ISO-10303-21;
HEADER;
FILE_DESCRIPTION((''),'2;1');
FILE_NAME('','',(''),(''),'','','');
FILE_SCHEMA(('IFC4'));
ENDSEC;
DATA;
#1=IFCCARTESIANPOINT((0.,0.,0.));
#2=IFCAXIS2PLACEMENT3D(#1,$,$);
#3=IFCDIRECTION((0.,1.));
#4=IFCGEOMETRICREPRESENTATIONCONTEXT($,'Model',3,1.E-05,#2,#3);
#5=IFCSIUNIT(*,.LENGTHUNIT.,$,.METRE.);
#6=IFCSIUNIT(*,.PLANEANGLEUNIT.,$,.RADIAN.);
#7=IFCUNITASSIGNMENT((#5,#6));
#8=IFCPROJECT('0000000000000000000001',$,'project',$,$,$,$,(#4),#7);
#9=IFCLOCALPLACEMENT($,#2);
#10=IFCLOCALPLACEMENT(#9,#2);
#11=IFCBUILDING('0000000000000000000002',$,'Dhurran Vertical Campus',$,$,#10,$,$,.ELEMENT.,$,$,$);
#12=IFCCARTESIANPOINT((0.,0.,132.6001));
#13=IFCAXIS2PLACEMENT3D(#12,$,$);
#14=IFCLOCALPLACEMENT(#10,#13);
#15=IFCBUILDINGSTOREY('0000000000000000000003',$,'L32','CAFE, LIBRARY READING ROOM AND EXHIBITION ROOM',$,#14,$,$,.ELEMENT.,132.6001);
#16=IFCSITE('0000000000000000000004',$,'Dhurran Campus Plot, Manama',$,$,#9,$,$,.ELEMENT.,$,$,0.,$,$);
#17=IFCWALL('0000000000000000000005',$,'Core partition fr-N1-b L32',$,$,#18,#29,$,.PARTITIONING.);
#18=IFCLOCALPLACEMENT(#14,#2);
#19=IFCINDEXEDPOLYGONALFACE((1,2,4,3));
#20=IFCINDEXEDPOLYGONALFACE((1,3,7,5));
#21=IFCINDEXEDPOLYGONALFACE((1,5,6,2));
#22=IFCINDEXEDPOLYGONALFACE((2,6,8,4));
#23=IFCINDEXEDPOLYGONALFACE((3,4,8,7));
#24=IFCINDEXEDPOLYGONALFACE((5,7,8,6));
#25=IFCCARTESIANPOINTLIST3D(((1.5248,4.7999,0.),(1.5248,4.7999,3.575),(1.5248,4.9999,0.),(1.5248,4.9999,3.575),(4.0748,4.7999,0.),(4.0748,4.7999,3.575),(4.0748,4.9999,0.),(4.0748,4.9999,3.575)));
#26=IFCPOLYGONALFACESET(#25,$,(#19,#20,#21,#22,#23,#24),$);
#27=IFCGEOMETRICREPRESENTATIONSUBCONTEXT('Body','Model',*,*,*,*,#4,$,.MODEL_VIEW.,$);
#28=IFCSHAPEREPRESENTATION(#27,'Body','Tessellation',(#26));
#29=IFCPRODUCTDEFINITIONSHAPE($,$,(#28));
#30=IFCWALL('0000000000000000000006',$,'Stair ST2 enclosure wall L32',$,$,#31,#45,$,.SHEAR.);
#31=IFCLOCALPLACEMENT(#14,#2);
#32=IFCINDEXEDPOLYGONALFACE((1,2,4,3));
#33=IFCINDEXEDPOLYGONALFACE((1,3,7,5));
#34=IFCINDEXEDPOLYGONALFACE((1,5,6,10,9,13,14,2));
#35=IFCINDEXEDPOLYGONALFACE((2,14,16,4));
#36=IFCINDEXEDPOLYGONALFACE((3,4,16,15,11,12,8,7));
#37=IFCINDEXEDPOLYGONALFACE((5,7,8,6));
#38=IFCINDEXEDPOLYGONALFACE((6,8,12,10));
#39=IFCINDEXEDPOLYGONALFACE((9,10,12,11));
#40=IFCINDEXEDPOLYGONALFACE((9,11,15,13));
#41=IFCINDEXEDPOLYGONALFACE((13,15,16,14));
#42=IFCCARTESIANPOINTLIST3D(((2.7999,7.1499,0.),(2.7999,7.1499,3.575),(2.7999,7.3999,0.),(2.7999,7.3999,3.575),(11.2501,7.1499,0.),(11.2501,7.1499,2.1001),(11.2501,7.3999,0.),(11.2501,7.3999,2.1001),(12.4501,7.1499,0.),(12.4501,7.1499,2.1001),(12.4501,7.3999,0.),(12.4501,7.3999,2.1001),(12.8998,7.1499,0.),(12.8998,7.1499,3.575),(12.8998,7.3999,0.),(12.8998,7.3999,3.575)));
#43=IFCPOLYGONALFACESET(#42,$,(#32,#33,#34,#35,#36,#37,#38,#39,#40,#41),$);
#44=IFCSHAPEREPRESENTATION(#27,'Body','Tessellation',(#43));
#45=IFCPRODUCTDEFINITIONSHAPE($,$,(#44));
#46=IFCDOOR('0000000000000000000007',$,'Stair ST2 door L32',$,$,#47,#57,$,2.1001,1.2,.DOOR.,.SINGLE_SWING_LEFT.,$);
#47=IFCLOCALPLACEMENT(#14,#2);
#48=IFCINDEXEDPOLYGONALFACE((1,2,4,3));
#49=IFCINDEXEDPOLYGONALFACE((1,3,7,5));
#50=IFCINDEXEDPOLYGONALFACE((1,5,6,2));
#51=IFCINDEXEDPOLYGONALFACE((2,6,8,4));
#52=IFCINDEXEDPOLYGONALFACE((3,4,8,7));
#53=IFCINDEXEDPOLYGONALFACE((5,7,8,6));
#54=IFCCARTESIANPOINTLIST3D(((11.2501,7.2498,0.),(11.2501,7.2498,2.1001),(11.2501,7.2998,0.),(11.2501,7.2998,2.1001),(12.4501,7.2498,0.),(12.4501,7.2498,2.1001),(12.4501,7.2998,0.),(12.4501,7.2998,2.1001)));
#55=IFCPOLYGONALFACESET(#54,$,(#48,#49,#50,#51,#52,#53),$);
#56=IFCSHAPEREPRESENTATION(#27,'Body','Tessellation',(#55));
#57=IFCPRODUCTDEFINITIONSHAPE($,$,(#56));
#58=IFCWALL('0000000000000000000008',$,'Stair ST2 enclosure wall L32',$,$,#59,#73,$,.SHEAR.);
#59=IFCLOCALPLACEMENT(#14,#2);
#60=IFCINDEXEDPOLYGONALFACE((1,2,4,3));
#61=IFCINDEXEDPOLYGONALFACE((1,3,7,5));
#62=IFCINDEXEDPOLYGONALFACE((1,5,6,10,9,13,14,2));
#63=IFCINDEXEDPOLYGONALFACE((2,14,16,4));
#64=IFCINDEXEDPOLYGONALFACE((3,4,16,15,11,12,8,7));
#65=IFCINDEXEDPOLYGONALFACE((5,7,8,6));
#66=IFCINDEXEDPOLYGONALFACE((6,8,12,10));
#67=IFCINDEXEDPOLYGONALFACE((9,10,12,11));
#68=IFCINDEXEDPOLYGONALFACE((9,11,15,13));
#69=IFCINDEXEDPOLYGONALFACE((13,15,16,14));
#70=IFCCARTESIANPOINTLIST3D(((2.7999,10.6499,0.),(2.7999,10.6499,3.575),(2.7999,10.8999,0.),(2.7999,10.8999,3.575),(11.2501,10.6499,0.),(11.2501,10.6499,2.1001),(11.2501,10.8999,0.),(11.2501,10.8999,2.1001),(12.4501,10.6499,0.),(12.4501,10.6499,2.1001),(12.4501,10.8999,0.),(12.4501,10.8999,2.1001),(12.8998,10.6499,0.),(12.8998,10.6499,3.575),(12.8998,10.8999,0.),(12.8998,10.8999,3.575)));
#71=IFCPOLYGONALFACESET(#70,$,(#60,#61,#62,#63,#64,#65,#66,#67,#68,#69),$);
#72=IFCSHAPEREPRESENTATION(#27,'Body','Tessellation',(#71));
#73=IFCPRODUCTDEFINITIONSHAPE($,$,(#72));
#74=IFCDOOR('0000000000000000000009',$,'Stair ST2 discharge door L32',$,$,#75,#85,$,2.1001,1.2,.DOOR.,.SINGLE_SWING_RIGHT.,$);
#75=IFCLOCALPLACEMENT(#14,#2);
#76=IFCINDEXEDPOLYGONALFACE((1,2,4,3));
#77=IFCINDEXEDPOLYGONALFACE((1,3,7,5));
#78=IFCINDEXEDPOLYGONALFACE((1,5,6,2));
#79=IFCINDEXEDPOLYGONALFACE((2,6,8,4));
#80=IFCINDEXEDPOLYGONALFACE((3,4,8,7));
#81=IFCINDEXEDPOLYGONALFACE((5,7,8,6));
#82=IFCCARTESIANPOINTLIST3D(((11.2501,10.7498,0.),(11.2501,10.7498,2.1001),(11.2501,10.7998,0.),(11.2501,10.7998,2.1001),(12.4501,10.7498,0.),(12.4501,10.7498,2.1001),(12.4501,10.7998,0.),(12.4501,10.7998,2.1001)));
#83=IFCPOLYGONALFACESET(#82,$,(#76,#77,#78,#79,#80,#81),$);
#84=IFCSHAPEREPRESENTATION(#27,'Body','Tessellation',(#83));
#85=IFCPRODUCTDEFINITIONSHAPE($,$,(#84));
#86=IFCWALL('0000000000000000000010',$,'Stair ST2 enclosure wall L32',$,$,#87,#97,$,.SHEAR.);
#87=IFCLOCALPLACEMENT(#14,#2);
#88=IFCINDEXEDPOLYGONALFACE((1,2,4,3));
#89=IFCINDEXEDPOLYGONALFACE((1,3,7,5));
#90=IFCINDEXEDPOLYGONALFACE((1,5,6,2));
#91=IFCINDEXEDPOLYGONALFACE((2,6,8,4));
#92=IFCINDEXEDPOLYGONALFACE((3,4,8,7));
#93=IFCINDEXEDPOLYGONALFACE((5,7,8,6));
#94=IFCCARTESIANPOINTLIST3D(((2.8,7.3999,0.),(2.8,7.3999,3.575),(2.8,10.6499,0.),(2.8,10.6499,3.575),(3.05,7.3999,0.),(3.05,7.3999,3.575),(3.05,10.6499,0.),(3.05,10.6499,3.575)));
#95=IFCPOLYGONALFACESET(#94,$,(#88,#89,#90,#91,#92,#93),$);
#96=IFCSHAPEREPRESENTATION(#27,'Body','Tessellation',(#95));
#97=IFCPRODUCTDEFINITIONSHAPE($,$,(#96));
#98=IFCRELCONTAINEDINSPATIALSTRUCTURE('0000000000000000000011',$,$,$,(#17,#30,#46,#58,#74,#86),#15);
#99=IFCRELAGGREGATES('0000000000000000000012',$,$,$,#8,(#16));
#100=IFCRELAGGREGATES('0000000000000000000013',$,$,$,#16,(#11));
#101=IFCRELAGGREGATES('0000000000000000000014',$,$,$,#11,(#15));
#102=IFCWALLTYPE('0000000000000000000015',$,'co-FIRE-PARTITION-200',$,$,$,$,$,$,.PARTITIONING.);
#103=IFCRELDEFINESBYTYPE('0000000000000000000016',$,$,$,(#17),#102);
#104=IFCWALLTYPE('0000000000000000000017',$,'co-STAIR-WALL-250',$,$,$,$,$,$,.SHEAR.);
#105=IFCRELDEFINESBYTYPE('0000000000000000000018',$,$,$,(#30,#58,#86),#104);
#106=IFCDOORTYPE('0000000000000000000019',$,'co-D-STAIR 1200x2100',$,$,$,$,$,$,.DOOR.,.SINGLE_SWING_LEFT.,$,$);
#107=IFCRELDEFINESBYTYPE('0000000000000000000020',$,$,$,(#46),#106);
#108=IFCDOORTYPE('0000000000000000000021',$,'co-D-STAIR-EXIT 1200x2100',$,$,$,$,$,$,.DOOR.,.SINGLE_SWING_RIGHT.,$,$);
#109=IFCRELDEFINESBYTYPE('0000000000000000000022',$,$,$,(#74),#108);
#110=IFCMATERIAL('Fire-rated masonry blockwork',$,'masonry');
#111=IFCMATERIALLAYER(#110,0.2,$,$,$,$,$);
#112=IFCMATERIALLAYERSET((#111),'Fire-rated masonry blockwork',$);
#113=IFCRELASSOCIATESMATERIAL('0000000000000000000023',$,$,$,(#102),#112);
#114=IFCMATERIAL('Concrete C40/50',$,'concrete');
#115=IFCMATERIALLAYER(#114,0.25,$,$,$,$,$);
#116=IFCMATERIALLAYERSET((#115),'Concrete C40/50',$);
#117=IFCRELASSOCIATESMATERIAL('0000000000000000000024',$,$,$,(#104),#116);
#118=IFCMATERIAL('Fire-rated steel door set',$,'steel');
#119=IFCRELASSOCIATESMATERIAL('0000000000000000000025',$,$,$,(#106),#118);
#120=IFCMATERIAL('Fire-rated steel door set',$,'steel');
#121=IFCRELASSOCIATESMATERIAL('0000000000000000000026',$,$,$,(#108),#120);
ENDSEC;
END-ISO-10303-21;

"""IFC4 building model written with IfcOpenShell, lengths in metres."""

from ifc_helpers import new_model, si_unit, direction, frame, frame_2d, origin, place, context, subcontext, project, spatial, rectangle, extrude, material, layer, layer_set, type_object, element, fill, save


model = new_model("IFC4")

# Units and contexts
model_context = context("Model", 3, precision=1e-05, world=origin(), true_north=direction((0.0, 1.0)))
body_context = subcontext(model_context, "Body", "Model", "MODEL_VIEW")
ifc_project = project(units=[si_unit("LENGTHUNIT", "METRE"), si_unit("PLANEANGLEUNIT", "RADIAN")], contexts=[model_context])

# Site, building, storey
site_placement = place(None, origin())
site = spatial("IfcSite", under=ifc_project, at=site_placement, Name="Dhurran Campus Plot, Manama", CompositionType="ELEMENT", RefElevation=0.0)
building_placement = place(site_placement, origin())
building = spatial("IfcBuilding", under=site, at=building_placement, Name="Dhurran Vertical Campus", CompositionType="ELEMENT")
storey_placement = place(building_placement, frame((0.0, 0.0, 132.6001)))
storey = spatial("IfcBuildingStorey", under=building, at=storey_placement, Name="L32", Description="CAFE, LIBRARY READING ROOM AND EXHIBITION ROOM", CompositionType="ELEMENT", Elevation=132.6001)

# Shared definitions
ifc_material_1 = material(Name="Fire-rated masonry blockwork", Category="masonry")
ifc_layer_1 = layer(ifc_material_1, 0.2)
ifc_layer_set_1 = layer_set([ifc_layer_1], Name="Fire-rated masonry blockwork")
wall_type_1 = type_object("IfcWallType", Name="co-FIRE-PARTITION-200", PredefinedType="PARTITIONING", material=ifc_layer_set_1)

# Wall
wall_1_placement = place(storey_placement, frame((1.5249, 4.8999, 0.0), z_axis=(0.0, 0.0, 1.0), x_axis=(1.0, 0.0, 0.0)))
element("IfcWall", 1, at=wall_1_placement, inside=storey, type_object=wall_type_1, Name="Core partition fr-N1-b L32", PredefinedType="PARTITIONING", context=body_context, shape_type="SweptSolid", body=[
    extrude(rectangle(XDim=2.55, YDim=0.2, at=frame_2d((1.2749, 0.0))), origin(), (0.0, 0.0, 1.0), 3.575),
])

# Walls, openings, doors
ifc_material_2 = material(Name="Concrete C40/50", Category="concrete")
ifc_layer_2 = layer(ifc_material_2, 0.25)
ifc_layer_set_2 = layer_set([ifc_layer_2], Name="Concrete C40/50")
wall_type_2 = type_object("IfcWallType", Name="co-STAIR-WALL-250", PredefinedType="SHEAR", material=ifc_layer_set_2)
wall_2_placement = place(storey_placement, frame((2.8, 7.2749, 0.0), z_axis=(0.0, 0.0, 1.0), x_axis=(1.0, 0.0, 0.0)))
wall_2 = element("IfcWall", 2, at=wall_2_placement, inside=storey, type_object=wall_type_2, Name="Stair ST2 enclosure wall L32", PredefinedType="SHEAR", context=body_context, shape_type="SweptSolid", body=[
    extrude(rectangle(XDim=10.0999, YDim=0.25, at=frame_2d((5.0498, 0.0))), origin(), (0.0, 0.0, 1.0), 3.575),
])
opening_1_placement = place(wall_2_placement, frame((8.45, 0.0, 0.0)))
opening_1 = element("IfcOpeningElement", 3, at=opening_1_placement, cuts=wall_2, PredefinedType="OPENING", context=body_context, shape_type="SweptSolid", body=[
    extrude(rectangle(XDim=1.2, YDim=2.1001, at=frame_2d((0.6001, 1.05))), frame((0.0, 0.135, 0.0), z_axis=(0.0, -1.0, 0.0), x_axis=(1.0, 0.0, 0.0)), (0.0, 0.0, 1.0), 0.27),
])
ifc_material_3 = material(Name="Fire-rated steel door set", Category="steel")
door_type_1 = type_object("IfcDoorType", Name="co-D-STAIR 1200x2100", OperationType="SINGLE_SWING_LEFT", PredefinedType="DOOR", material=ifc_material_3)
door_1_placement = place(opening_1_placement, origin())
door_1 = element("IfcDoor", 4, at=door_1_placement, inside=storey, type_object=door_type_1, Name="Stair ST2 door L32", OperationType="SINGLE_SWING_LEFT", OverallHeight=2.1001, OverallWidth=1.2, PredefinedType="DOOR", context=body_context, shape_type="SweptSolid", body=[
    extrude(rectangle(XDim=1.2, YDim=2.1001, at=frame_2d((0.6001, 1.05))), frame((0.0, 0.0249, 0.0), z_axis=(0.0, -1.0, 0.0), x_axis=(1.0, 0.0, 0.0)), (0.0, 0.0, 1.0), 0.05),
])
fill(opening_1, door_1)
wall_3_placement = place(storey_placement, frame((2.8, 10.7749, 0.0), z_axis=(0.0, 0.0, 1.0), x_axis=(1.0, 0.0, 0.0)))
wall_3 = element("IfcWall", 5, at=wall_3_placement, inside=storey, type_object=wall_type_2, Name="Stair ST2 enclosure wall L32", PredefinedType="SHEAR", context=body_context, shape_type="SweptSolid", body=[
    extrude(rectangle(XDim=10.0999, YDim=0.25, at=frame_2d((5.0498, 0.0))), origin(), (0.0, 0.0, 1.0), 3.575),
])
opening_2_placement = place(wall_3_placement, frame((8.45, 0.0, 0.0)))
opening_2 = element("IfcOpeningElement", 6, at=opening_2_placement, cuts=wall_3, PredefinedType="OPENING", context=body_context, shape_type="SweptSolid", body=[
    extrude(rectangle(XDim=1.2, YDim=2.1001, at=frame_2d((0.6001, 1.05))), frame((0.0, 0.135, 0.0), z_axis=(0.0, -1.0, 0.0), x_axis=(1.0, 0.0, 0.0)), (0.0, 0.0, 1.0), 0.27),
])
ifc_material_4 = material(Name="Fire-rated steel door set", Category="steel")
door_type_2 = type_object("IfcDoorType", Name="co-D-STAIR-EXIT 1200x2100", OperationType="SINGLE_SWING_RIGHT", PredefinedType="DOOR", material=ifc_material_4)
door_2_placement = place(opening_2_placement, origin())
door_2 = element("IfcDoor", 7, at=door_2_placement, inside=storey, type_object=door_type_2, Name="Stair ST2 discharge door L32", OperationType="SINGLE_SWING_RIGHT", OverallHeight=2.1001, OverallWidth=1.2, PredefinedType="DOOR", context=body_context, shape_type="SweptSolid", body=[
    extrude(rectangle(XDim=1.2, YDim=2.1001, at=frame_2d((0.6001, 1.05))), frame((0.0, 0.0249, 0.0), z_axis=(0.0, -1.0, 0.0), x_axis=(1.0, 0.0, 0.0)), (0.0, 0.0, 1.0), 0.05),
])
fill(opening_2, door_2)

# Wall
wall_4_placement = place(storey_placement, frame((2.925, 7.3999, 0.0), z_axis=(0.0, 0.0, 1.0), x_axis=(0.0, 1.0, 0.0)))
element("IfcWall", 8, at=wall_4_placement, inside=storey, type_object=wall_type_2, Name="Stair ST2 enclosure wall L32", PredefinedType="SHEAR", context=body_context, shape_type="SweptSolid", body=[
    extrude(rectangle(XDim=3.25, YDim=0.25, at=frame_2d((1.625, 0.0))), origin(), (0.0, 0.0, 1.0), 3.575),
])

save(model, "model.ifc")
